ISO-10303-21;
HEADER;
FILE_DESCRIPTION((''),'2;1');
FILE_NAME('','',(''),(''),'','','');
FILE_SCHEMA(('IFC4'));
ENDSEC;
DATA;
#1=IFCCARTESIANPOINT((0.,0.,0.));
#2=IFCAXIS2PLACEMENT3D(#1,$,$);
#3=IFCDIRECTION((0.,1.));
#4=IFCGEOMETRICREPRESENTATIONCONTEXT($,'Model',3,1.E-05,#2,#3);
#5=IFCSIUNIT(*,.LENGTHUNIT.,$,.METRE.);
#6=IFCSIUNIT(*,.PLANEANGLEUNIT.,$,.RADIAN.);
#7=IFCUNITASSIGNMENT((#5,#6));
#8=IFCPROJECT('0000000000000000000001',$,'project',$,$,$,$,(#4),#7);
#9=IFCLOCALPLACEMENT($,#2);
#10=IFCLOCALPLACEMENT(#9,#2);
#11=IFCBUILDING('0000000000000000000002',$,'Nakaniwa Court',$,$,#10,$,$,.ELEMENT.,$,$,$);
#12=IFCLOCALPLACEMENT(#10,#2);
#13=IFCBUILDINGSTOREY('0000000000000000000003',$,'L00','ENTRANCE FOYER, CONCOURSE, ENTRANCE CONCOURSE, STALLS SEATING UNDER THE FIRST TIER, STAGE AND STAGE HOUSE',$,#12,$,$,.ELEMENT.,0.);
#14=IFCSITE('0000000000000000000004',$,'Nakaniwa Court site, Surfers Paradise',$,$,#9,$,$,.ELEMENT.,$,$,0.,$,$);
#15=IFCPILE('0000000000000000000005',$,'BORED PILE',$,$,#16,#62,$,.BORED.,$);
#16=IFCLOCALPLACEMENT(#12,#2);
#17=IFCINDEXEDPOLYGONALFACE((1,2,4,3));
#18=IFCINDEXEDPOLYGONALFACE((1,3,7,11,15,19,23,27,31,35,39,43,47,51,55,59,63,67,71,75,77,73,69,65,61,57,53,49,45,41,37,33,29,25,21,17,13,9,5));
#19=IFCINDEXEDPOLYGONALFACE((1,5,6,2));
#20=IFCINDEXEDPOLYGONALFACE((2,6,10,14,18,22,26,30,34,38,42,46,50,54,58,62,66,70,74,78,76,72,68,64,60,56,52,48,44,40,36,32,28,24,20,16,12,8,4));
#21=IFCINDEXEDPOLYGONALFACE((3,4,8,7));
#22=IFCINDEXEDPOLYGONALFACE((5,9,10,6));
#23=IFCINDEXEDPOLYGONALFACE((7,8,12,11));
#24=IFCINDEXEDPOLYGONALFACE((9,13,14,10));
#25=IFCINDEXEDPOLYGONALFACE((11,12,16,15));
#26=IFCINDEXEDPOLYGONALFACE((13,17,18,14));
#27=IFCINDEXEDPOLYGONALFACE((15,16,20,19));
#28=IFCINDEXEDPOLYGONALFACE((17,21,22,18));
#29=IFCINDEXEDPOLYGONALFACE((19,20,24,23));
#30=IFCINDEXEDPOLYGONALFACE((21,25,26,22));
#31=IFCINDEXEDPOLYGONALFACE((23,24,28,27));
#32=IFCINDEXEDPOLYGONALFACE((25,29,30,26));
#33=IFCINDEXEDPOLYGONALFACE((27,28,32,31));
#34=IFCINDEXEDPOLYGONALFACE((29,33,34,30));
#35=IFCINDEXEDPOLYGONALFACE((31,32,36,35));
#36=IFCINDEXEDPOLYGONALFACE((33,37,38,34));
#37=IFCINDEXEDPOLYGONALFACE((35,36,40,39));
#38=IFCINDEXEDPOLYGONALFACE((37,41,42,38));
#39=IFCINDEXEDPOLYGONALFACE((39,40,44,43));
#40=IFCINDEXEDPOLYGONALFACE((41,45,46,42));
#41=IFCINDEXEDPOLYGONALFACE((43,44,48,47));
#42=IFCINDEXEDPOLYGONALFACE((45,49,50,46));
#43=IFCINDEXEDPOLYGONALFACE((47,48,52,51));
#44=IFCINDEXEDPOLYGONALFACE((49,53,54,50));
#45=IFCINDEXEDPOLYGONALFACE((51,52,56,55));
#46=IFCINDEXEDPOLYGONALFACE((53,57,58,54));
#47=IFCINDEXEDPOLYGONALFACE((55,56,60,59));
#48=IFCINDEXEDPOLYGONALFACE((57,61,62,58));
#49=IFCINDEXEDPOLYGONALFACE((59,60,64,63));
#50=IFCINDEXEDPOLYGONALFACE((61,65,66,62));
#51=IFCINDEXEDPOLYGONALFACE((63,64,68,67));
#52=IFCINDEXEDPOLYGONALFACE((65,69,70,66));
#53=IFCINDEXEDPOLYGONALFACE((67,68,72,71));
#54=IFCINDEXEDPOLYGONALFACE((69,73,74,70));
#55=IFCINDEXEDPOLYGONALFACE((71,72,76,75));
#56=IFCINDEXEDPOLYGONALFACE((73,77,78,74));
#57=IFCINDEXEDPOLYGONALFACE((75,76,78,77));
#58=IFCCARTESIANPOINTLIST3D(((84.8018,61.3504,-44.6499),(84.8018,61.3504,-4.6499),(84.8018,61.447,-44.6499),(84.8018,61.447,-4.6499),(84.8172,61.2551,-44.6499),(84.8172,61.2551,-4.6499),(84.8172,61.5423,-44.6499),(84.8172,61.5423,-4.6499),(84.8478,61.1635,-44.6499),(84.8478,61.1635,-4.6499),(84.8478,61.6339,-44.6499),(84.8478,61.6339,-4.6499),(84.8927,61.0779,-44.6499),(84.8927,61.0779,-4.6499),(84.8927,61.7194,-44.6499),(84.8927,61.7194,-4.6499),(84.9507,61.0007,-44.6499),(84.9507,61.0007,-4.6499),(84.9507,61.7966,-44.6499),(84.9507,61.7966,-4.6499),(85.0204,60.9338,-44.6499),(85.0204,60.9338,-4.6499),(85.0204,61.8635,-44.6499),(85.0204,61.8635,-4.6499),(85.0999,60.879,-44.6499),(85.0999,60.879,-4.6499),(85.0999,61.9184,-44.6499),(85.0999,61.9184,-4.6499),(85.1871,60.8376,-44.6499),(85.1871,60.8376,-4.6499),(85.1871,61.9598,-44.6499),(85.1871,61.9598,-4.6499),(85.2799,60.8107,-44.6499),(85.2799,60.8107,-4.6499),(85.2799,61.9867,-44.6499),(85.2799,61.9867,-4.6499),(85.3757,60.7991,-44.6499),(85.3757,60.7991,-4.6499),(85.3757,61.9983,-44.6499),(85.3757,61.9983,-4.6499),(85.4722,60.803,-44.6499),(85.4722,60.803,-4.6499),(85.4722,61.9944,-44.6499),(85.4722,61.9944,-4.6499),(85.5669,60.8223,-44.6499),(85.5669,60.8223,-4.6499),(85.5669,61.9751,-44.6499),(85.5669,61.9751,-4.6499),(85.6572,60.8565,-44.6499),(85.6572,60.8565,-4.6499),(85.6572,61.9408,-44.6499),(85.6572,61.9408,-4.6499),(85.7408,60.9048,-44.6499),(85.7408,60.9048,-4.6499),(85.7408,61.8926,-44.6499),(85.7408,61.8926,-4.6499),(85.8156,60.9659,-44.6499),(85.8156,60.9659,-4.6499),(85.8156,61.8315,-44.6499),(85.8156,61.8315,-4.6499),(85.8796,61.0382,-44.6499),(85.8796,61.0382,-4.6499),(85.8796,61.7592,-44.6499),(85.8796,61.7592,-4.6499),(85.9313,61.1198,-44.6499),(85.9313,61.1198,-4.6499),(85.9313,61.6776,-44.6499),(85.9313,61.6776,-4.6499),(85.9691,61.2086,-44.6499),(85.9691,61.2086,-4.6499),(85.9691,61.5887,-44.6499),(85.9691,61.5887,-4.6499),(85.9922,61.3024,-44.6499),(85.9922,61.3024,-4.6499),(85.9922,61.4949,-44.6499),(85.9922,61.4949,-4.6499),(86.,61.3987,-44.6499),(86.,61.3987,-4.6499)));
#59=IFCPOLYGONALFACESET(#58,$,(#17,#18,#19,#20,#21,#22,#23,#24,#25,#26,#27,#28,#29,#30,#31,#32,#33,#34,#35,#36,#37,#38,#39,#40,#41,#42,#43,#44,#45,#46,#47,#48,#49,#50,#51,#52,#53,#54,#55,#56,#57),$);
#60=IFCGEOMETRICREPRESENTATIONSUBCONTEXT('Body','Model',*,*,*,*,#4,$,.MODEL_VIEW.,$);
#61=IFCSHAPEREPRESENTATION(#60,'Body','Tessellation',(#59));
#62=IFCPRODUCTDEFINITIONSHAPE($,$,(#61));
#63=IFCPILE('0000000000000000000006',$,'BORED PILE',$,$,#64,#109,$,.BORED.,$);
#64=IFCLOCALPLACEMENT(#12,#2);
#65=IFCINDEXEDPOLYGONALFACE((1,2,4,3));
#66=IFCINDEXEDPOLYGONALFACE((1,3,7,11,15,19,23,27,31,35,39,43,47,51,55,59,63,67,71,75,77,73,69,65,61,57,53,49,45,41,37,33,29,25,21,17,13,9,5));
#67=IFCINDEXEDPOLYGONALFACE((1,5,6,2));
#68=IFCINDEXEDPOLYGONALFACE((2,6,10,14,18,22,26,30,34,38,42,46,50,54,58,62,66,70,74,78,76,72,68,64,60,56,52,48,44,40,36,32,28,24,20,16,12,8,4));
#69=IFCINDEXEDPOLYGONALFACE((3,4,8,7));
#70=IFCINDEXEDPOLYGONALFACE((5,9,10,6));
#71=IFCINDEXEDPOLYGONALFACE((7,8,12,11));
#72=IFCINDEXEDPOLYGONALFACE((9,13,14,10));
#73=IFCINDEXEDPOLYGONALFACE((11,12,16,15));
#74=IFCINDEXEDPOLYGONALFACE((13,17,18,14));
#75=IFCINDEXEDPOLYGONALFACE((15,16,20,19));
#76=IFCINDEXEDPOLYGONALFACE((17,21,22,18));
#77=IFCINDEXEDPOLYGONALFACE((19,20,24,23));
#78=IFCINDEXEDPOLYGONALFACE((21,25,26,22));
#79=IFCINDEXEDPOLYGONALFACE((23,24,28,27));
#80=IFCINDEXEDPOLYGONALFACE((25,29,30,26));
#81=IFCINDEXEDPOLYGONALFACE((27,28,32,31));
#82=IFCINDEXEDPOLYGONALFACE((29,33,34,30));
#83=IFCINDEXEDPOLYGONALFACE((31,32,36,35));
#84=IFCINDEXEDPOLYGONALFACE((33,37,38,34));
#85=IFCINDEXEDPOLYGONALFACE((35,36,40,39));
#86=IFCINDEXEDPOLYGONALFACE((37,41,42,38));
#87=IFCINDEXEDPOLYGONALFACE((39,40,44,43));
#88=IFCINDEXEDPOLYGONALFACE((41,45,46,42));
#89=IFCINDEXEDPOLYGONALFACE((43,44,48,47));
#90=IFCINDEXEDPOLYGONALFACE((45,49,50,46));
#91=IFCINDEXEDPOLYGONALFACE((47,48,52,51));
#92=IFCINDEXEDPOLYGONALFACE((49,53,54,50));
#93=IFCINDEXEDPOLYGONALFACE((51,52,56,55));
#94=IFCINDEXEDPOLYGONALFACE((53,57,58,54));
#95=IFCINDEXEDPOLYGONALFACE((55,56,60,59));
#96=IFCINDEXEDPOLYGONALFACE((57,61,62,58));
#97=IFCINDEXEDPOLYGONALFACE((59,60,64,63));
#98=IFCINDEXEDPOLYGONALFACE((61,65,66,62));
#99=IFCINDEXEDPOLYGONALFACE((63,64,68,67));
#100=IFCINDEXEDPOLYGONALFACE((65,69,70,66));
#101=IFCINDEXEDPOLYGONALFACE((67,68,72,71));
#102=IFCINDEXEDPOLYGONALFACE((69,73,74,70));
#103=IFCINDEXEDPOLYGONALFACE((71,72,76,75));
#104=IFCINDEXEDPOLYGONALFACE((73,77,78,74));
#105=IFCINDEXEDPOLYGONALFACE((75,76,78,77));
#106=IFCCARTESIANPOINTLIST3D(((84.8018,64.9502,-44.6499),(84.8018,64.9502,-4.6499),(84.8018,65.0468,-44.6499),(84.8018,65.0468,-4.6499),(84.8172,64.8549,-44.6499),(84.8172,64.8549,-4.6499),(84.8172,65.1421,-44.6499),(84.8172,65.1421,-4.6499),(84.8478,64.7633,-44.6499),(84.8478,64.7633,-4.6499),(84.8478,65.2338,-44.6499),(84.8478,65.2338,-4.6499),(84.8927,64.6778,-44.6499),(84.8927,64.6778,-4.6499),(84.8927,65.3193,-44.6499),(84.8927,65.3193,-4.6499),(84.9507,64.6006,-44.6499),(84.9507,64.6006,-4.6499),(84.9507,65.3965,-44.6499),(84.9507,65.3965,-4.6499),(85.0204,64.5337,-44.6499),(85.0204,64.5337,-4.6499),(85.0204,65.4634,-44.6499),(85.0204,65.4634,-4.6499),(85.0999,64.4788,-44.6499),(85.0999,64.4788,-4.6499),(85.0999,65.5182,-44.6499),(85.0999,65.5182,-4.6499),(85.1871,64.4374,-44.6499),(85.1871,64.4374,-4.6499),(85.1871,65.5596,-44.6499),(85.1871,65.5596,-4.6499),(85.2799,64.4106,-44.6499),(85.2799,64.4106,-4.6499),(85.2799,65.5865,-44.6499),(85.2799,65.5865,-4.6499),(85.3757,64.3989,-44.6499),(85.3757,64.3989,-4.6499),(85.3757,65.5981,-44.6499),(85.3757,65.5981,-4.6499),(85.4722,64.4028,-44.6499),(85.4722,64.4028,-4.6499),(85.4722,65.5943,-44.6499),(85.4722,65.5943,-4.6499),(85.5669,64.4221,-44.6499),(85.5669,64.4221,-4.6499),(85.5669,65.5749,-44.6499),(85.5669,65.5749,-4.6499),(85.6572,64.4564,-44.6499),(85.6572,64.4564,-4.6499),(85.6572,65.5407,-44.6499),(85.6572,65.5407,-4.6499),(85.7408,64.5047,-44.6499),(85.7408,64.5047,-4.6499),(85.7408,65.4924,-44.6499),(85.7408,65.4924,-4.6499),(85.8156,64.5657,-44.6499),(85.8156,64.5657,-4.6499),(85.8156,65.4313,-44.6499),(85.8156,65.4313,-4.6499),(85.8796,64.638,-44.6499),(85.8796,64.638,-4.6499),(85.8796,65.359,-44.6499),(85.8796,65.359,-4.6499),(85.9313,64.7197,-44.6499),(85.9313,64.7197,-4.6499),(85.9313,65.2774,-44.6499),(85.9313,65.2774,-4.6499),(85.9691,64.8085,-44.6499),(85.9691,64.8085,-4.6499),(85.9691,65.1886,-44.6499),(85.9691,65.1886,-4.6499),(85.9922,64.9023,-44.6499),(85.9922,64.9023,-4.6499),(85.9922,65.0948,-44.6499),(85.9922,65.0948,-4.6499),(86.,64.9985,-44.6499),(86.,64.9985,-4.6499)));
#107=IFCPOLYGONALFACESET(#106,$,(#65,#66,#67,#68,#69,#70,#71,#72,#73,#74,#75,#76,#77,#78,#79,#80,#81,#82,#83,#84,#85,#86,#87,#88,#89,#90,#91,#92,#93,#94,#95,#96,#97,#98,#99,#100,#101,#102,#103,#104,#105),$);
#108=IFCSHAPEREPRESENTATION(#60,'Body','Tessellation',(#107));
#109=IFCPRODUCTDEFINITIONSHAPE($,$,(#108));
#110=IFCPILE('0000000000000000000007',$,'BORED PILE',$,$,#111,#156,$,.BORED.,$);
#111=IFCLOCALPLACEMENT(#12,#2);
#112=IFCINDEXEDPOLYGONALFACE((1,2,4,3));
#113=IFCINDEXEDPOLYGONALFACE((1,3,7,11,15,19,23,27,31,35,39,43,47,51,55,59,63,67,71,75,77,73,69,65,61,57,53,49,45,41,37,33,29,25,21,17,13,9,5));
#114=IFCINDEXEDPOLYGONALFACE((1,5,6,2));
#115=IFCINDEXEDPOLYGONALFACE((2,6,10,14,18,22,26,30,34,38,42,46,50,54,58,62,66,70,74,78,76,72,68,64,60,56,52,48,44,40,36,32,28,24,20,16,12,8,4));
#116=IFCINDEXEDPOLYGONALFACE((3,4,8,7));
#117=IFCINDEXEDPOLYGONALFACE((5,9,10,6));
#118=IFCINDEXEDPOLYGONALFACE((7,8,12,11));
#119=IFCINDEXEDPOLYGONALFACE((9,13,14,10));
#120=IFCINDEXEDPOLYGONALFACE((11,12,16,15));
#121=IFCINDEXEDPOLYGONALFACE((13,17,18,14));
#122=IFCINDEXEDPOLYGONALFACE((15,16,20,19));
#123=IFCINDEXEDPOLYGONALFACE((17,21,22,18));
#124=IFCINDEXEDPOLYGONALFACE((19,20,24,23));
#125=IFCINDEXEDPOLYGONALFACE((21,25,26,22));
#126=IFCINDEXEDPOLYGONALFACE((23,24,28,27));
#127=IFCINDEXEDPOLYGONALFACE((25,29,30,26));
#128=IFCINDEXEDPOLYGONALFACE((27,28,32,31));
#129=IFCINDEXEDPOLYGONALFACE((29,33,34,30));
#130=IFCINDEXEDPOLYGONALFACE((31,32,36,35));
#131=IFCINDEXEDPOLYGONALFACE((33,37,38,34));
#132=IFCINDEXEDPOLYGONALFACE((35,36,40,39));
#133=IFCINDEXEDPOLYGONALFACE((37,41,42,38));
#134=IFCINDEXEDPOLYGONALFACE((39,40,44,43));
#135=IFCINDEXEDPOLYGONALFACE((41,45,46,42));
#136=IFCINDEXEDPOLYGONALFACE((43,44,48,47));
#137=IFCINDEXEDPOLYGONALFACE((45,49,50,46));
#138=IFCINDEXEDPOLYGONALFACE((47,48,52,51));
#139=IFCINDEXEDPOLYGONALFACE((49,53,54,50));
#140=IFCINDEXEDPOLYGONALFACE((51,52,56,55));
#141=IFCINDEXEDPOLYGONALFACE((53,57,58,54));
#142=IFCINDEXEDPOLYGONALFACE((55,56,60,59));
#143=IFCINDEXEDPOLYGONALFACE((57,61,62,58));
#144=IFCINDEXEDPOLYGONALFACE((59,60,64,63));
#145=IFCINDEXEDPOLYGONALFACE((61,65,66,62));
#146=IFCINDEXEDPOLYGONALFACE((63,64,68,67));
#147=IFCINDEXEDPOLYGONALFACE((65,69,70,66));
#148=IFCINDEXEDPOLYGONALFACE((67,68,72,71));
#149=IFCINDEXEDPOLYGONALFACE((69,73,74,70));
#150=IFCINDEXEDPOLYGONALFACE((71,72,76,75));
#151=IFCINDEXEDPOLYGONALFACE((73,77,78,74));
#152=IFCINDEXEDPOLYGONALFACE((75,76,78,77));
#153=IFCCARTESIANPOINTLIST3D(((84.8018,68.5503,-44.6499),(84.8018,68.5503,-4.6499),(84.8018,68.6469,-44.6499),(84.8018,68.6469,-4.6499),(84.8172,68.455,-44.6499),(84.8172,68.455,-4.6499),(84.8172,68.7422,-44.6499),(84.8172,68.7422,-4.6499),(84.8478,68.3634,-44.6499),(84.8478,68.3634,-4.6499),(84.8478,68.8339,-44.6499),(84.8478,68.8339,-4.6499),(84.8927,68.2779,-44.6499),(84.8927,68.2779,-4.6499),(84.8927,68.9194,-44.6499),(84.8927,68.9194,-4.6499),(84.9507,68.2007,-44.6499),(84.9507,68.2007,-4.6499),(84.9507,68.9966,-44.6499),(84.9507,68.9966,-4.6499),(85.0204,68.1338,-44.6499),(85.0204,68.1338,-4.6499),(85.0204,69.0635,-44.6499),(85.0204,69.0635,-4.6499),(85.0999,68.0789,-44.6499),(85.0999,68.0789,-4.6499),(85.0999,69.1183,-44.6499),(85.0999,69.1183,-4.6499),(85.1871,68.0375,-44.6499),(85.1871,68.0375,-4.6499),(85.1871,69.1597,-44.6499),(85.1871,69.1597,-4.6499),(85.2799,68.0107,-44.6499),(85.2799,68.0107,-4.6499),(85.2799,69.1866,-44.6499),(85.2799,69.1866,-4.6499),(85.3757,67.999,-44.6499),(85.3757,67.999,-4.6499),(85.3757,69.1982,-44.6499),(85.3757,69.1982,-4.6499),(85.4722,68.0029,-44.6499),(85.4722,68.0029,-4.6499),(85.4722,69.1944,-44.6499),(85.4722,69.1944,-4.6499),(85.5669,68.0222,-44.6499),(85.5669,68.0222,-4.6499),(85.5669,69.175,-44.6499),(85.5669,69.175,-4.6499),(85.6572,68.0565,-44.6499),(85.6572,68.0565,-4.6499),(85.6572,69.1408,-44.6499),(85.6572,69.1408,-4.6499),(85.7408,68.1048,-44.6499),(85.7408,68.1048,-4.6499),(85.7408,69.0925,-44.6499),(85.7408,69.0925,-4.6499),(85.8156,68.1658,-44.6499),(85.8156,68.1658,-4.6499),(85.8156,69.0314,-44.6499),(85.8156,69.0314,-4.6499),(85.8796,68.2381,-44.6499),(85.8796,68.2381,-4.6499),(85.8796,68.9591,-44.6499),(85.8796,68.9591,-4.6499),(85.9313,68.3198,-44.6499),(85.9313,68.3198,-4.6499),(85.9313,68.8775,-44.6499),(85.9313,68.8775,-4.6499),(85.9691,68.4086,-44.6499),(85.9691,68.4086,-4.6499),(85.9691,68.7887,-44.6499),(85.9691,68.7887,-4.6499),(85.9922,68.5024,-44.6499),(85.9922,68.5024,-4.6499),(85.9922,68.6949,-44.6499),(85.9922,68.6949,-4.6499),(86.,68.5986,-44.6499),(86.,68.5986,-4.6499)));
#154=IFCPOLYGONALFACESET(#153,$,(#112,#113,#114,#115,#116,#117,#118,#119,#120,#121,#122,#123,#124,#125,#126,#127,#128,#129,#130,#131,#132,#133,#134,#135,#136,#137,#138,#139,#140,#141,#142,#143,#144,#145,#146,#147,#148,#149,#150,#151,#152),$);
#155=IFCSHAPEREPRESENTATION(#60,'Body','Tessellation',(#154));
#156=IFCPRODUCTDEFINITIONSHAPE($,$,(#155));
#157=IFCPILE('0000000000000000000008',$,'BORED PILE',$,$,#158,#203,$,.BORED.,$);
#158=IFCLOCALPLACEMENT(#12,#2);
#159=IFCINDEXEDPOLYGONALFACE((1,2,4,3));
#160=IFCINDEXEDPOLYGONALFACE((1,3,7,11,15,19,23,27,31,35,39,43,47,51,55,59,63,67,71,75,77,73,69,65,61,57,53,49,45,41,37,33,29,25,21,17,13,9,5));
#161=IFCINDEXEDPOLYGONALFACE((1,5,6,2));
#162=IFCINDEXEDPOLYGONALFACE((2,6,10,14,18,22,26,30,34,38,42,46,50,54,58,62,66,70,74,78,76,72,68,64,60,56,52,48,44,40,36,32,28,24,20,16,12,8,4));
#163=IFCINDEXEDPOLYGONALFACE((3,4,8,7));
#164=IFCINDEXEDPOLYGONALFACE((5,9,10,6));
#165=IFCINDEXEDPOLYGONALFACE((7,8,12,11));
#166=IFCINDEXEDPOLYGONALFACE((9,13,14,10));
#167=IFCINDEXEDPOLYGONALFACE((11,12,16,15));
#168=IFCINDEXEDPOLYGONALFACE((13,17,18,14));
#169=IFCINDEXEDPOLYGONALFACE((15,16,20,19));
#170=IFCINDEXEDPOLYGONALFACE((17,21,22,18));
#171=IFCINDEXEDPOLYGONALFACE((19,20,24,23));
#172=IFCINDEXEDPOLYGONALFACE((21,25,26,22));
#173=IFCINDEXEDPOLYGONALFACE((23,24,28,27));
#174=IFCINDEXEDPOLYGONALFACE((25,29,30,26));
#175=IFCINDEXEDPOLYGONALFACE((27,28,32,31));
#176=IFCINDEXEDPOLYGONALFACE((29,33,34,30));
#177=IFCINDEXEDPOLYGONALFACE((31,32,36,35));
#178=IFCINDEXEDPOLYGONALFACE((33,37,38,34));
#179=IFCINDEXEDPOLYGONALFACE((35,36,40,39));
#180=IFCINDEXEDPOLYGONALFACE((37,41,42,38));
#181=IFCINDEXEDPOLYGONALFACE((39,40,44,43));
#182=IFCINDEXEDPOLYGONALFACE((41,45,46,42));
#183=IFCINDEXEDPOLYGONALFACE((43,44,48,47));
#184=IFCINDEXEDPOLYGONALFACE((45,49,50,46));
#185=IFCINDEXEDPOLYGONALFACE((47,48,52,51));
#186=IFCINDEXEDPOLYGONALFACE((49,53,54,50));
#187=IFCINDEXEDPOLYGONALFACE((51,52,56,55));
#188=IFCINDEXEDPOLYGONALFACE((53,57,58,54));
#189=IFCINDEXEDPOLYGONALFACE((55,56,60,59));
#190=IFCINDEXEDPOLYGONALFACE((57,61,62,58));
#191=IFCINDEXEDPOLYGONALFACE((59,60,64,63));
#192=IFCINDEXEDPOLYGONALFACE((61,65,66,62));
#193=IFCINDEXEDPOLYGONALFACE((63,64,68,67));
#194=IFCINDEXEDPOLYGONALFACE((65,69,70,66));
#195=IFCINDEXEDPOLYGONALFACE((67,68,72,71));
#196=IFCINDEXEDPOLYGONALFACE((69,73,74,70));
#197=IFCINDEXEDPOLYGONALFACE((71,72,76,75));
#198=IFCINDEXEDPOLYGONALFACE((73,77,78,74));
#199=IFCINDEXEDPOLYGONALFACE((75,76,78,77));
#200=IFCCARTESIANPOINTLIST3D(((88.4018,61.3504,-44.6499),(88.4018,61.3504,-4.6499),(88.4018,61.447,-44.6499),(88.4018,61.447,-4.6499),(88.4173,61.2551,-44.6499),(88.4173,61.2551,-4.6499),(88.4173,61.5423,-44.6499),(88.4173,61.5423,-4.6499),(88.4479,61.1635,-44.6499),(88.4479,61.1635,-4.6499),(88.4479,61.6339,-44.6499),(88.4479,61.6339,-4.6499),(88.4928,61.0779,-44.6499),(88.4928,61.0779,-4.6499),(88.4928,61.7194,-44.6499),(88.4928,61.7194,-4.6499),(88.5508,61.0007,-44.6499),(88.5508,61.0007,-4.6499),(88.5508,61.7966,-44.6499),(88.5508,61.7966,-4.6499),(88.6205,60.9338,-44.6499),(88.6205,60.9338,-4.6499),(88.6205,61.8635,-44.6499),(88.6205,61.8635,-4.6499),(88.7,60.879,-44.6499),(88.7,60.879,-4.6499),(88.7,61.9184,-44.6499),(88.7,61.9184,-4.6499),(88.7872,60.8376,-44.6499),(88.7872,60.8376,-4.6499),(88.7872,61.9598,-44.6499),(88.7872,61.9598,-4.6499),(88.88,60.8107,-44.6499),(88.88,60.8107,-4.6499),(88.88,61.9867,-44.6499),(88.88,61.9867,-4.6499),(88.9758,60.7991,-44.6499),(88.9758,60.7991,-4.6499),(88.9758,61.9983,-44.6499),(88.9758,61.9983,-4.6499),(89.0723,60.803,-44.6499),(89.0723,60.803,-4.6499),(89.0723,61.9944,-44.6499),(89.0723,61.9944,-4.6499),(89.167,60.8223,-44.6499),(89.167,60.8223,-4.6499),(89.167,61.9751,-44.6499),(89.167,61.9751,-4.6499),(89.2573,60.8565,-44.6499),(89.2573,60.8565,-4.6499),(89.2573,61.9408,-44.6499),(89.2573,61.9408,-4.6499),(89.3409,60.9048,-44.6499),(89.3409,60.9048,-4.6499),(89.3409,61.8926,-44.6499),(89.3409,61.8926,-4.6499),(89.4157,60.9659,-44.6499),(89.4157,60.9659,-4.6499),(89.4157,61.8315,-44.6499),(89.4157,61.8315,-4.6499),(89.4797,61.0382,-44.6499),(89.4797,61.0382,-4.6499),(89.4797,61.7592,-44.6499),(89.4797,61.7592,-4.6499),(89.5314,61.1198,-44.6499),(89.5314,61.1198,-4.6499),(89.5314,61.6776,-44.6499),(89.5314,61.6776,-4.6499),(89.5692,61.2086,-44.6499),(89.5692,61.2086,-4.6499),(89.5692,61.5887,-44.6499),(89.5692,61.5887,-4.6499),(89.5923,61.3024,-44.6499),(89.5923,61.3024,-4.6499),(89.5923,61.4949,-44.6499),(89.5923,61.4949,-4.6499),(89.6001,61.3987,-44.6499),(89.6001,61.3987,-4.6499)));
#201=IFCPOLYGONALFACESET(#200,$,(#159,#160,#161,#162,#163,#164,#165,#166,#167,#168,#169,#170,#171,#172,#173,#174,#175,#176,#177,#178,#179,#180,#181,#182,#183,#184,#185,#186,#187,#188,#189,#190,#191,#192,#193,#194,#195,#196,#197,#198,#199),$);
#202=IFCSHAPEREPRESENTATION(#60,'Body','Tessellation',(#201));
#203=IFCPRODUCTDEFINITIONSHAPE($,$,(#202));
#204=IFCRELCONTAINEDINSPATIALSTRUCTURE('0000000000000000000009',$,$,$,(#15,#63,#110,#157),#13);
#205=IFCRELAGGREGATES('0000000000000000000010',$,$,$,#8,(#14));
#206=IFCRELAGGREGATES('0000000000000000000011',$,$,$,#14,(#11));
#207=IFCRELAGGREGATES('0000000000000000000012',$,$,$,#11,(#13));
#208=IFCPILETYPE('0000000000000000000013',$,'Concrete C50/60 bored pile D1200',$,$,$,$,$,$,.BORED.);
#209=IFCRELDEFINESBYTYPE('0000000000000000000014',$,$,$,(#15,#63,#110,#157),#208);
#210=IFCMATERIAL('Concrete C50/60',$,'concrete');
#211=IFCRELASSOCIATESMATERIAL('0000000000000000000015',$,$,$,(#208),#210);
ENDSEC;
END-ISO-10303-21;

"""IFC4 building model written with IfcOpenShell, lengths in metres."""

from ifc_helpers import new_model, si_unit, direction, frame, origin, origin_2d, place, context, subcontext, project, spatial, circle, extrude, material, material_profile, profile_set, type_object, element, save


model = new_model("IFC4")

# Units and contexts
model_context = context("Model", 3, precision=1e-05, world=origin(), true_north=direction((0.0, 1.0)))
body_context = subcontext(model_context, "Body", "Model", "MODEL_VIEW")
ifc_project = project(units=[si_unit("LENGTHUNIT", "METRE"), si_unit("PLANEANGLEUNIT", "RADIAN")], contexts=[model_context])

# Site, building, storey
site_placement = place(None, origin())
site = spatial("IfcSite", under=ifc_project, at=site_placement, Name="Nakaniwa Court site, Surfers Paradise", CompositionType="ELEMENT", RefElevation=0.0)
building_placement = place(site_placement, origin())
building = spatial("IfcBuilding", under=site, at=building_placement, Name="Nakaniwa Court", CompositionType="ELEMENT")
storey_placement = place(building_placement, origin())
storey = spatial("IfcBuildingStorey", under=building, at=storey_placement, Name="L00", Description="ENTRANCE FOYER, CONCOURSE, ENTRANCE CONCOURSE, STALLS SEATING UNDER THE FIRST TIER, STAGE AND STAGE HOUSE", CompositionType="ELEMENT", Elevation=0.0)

# Piles
ifc_material_1 = material(Name="Concrete C50/60", Category="concrete")
ifc_material_profile_1 = material_profile(ifc_material_1, circle(Radius=0.6001, at=origin_2d()), Name="Concrete C50/60 bored pile D1200")
ifc_profile_set_1 = profile_set([ifc_material_profile_1], Name="Concrete C50/60")
pile_type = type_object("IfcPileType", Name="Concrete C50/60 bored pile D1200", PredefinedType="BORED", material=ifc_profile_set_1)
for number, where, z_axis, x_axis, name in (
    (1, (85.3999, 61.3987, -4.6499), (0.0, 0.0, -1.0), (1.0, 0.0, 0.0), "BORED PILE"),
    (2, (85.3999, 64.9985, -4.6499), (0.0, 0.0, -1.0), (1.0, 0.0, 0.0), "BORED PILE"),
    (3, (85.3999, 68.5986, -4.6499), (0.0, 0.0, -1.0), (1.0, 0.0, 0.0), "BORED PILE"),
    (4, (89.0, 61.3987, -4.6499), (0.0, 0.0, -1.0), (1.0, 0.0, 0.0), "BORED PILE"),
):
    element("IfcPile", number, at=place(storey_placement, frame(where, z_axis=z_axis, x_axis=x_axis)), inside=storey, type_object=pile_type, Name=name, PredefinedType="BORED", context=body_context, shape_type="SweptSolid", body=[
        extrude(circle(Radius=0.6001, at=origin_2d()), origin(), (0.0, 0.0, 1.0), 40.0),
    ])

save(model, "model.ifc")
